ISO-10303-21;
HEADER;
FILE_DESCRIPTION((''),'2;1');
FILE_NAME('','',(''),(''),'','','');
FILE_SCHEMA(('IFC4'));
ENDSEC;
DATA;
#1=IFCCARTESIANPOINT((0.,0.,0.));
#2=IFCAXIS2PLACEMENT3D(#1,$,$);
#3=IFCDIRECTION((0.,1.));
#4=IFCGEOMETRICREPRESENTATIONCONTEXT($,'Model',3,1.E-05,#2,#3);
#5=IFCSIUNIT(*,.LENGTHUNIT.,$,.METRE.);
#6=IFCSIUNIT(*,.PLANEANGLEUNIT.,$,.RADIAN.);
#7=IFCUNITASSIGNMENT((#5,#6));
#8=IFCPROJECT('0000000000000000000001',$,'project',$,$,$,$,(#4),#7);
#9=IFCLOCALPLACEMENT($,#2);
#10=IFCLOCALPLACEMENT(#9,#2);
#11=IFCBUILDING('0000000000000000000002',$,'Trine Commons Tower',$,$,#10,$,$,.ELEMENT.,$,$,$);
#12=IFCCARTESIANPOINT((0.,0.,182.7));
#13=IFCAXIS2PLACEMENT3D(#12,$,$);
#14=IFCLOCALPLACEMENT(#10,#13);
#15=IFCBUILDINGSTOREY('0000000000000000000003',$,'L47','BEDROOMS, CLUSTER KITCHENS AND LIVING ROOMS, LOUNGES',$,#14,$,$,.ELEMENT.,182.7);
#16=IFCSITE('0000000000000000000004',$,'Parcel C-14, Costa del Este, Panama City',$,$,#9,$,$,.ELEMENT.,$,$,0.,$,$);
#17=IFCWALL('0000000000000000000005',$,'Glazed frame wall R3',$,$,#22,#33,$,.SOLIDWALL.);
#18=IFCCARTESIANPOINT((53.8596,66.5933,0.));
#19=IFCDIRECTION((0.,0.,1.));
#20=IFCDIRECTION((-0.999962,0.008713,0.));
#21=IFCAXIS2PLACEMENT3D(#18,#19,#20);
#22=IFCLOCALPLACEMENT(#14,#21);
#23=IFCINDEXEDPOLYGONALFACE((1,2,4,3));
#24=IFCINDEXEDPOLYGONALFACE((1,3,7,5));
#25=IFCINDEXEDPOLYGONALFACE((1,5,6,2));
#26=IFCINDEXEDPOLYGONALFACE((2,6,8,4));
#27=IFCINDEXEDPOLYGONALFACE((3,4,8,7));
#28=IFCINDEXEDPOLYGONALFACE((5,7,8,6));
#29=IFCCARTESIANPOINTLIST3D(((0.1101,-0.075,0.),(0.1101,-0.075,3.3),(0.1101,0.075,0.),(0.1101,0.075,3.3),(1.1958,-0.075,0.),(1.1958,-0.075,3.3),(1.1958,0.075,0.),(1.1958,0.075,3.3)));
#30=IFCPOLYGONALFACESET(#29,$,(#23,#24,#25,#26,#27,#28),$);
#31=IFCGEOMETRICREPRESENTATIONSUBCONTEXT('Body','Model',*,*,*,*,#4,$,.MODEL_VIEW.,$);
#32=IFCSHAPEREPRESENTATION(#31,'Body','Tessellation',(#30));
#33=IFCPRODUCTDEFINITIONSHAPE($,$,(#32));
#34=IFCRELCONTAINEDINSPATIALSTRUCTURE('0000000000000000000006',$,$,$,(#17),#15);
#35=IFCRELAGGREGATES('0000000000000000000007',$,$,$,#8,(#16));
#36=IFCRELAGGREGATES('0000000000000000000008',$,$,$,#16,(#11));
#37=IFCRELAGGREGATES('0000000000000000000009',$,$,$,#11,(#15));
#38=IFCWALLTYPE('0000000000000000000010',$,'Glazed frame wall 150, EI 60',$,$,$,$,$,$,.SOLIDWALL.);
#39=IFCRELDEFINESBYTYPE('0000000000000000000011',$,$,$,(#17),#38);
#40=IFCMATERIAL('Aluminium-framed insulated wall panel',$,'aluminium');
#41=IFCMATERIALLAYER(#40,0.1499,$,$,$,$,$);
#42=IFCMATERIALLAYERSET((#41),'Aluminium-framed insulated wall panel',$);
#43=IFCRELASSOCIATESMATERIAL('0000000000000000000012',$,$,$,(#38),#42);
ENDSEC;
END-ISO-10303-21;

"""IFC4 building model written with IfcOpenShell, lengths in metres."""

from ifc_helpers import new_model, si_unit, direction, frame, origin, place, context, subcontext, project, spatial, polyline, outline, extrude, material, layer, layer_set, type_object, element, save


model = new_model("IFC4")

# Units and contexts
model_context = context("Model", 3, precision=1e-05, world=origin(), true_north=direction((0.0, 1.0)))
body_context = subcontext(model_context, "Body", "Model", "MODEL_VIEW")
ifc_project = project(units=[si_unit("LENGTHUNIT", "METRE"), si_unit("PLANEANGLEUNIT", "RADIAN")], contexts=[model_context])

# Site, building, storey
site_placement = place(None, origin())
site = spatial("IfcSite", under=ifc_project, at=site_placement, Name="Parcel C-14, Costa del Este, Panama City", CompositionType="ELEMENT", RefElevation=0.0)
building_placement = place(site_placement, origin())
building = spatial("IfcBuilding", under=site, at=building_placement, Name="Trine Commons Tower", CompositionType="ELEMENT")
storey_placement = place(building_placement, frame((0.0, 0.0, 182.7)))
storey = spatial("IfcBuildingStorey", under=building, at=storey_placement, Name="L47", Description="BEDROOMS, CLUSTER KITCHENS AND LIVING ROOMS, LOUNGES", CompositionType="ELEMENT", Elevation=182.7)

# Shared definitions
ifc_material_1 = material(Name="Aluminium-framed insulated wall panel", Category="aluminium")
ifc_layer_1 = layer(ifc_material_1, 0.1499)
ifc_layer_set_1 = layer_set([ifc_layer_1], Name="Aluminium-framed insulated wall panel")
wall_type_1 = type_object("IfcWallType", Name="Glazed frame wall 150, EI 60", PredefinedType="SOLIDWALL", material=ifc_layer_set_1)

# Wall
wall_1_placement = place(storey_placement, frame((53.8596, 66.5933, 0.0), z_axis=(0.0, 0.0, 1.0), x_axis=(-0.999962, 0.008713, 0.0)))
element("IfcWall", 1, at=wall_1_placement, inside=storey, type_object=wall_type_1, Name="Glazed frame wall R3", PredefinedType="SOLIDWALL", context=body_context, shape_type="SweptSolid", body=[
    extrude(outline(polyline([(0.1101, 0.075), (0.1101, -0.075), (1.1958, -0.075), (1.1958, 0.075), (0.1101, 0.075)])), origin(), (0.0, 0.0, 1.0), 3.3),
])

save(model, "model.ifc")
